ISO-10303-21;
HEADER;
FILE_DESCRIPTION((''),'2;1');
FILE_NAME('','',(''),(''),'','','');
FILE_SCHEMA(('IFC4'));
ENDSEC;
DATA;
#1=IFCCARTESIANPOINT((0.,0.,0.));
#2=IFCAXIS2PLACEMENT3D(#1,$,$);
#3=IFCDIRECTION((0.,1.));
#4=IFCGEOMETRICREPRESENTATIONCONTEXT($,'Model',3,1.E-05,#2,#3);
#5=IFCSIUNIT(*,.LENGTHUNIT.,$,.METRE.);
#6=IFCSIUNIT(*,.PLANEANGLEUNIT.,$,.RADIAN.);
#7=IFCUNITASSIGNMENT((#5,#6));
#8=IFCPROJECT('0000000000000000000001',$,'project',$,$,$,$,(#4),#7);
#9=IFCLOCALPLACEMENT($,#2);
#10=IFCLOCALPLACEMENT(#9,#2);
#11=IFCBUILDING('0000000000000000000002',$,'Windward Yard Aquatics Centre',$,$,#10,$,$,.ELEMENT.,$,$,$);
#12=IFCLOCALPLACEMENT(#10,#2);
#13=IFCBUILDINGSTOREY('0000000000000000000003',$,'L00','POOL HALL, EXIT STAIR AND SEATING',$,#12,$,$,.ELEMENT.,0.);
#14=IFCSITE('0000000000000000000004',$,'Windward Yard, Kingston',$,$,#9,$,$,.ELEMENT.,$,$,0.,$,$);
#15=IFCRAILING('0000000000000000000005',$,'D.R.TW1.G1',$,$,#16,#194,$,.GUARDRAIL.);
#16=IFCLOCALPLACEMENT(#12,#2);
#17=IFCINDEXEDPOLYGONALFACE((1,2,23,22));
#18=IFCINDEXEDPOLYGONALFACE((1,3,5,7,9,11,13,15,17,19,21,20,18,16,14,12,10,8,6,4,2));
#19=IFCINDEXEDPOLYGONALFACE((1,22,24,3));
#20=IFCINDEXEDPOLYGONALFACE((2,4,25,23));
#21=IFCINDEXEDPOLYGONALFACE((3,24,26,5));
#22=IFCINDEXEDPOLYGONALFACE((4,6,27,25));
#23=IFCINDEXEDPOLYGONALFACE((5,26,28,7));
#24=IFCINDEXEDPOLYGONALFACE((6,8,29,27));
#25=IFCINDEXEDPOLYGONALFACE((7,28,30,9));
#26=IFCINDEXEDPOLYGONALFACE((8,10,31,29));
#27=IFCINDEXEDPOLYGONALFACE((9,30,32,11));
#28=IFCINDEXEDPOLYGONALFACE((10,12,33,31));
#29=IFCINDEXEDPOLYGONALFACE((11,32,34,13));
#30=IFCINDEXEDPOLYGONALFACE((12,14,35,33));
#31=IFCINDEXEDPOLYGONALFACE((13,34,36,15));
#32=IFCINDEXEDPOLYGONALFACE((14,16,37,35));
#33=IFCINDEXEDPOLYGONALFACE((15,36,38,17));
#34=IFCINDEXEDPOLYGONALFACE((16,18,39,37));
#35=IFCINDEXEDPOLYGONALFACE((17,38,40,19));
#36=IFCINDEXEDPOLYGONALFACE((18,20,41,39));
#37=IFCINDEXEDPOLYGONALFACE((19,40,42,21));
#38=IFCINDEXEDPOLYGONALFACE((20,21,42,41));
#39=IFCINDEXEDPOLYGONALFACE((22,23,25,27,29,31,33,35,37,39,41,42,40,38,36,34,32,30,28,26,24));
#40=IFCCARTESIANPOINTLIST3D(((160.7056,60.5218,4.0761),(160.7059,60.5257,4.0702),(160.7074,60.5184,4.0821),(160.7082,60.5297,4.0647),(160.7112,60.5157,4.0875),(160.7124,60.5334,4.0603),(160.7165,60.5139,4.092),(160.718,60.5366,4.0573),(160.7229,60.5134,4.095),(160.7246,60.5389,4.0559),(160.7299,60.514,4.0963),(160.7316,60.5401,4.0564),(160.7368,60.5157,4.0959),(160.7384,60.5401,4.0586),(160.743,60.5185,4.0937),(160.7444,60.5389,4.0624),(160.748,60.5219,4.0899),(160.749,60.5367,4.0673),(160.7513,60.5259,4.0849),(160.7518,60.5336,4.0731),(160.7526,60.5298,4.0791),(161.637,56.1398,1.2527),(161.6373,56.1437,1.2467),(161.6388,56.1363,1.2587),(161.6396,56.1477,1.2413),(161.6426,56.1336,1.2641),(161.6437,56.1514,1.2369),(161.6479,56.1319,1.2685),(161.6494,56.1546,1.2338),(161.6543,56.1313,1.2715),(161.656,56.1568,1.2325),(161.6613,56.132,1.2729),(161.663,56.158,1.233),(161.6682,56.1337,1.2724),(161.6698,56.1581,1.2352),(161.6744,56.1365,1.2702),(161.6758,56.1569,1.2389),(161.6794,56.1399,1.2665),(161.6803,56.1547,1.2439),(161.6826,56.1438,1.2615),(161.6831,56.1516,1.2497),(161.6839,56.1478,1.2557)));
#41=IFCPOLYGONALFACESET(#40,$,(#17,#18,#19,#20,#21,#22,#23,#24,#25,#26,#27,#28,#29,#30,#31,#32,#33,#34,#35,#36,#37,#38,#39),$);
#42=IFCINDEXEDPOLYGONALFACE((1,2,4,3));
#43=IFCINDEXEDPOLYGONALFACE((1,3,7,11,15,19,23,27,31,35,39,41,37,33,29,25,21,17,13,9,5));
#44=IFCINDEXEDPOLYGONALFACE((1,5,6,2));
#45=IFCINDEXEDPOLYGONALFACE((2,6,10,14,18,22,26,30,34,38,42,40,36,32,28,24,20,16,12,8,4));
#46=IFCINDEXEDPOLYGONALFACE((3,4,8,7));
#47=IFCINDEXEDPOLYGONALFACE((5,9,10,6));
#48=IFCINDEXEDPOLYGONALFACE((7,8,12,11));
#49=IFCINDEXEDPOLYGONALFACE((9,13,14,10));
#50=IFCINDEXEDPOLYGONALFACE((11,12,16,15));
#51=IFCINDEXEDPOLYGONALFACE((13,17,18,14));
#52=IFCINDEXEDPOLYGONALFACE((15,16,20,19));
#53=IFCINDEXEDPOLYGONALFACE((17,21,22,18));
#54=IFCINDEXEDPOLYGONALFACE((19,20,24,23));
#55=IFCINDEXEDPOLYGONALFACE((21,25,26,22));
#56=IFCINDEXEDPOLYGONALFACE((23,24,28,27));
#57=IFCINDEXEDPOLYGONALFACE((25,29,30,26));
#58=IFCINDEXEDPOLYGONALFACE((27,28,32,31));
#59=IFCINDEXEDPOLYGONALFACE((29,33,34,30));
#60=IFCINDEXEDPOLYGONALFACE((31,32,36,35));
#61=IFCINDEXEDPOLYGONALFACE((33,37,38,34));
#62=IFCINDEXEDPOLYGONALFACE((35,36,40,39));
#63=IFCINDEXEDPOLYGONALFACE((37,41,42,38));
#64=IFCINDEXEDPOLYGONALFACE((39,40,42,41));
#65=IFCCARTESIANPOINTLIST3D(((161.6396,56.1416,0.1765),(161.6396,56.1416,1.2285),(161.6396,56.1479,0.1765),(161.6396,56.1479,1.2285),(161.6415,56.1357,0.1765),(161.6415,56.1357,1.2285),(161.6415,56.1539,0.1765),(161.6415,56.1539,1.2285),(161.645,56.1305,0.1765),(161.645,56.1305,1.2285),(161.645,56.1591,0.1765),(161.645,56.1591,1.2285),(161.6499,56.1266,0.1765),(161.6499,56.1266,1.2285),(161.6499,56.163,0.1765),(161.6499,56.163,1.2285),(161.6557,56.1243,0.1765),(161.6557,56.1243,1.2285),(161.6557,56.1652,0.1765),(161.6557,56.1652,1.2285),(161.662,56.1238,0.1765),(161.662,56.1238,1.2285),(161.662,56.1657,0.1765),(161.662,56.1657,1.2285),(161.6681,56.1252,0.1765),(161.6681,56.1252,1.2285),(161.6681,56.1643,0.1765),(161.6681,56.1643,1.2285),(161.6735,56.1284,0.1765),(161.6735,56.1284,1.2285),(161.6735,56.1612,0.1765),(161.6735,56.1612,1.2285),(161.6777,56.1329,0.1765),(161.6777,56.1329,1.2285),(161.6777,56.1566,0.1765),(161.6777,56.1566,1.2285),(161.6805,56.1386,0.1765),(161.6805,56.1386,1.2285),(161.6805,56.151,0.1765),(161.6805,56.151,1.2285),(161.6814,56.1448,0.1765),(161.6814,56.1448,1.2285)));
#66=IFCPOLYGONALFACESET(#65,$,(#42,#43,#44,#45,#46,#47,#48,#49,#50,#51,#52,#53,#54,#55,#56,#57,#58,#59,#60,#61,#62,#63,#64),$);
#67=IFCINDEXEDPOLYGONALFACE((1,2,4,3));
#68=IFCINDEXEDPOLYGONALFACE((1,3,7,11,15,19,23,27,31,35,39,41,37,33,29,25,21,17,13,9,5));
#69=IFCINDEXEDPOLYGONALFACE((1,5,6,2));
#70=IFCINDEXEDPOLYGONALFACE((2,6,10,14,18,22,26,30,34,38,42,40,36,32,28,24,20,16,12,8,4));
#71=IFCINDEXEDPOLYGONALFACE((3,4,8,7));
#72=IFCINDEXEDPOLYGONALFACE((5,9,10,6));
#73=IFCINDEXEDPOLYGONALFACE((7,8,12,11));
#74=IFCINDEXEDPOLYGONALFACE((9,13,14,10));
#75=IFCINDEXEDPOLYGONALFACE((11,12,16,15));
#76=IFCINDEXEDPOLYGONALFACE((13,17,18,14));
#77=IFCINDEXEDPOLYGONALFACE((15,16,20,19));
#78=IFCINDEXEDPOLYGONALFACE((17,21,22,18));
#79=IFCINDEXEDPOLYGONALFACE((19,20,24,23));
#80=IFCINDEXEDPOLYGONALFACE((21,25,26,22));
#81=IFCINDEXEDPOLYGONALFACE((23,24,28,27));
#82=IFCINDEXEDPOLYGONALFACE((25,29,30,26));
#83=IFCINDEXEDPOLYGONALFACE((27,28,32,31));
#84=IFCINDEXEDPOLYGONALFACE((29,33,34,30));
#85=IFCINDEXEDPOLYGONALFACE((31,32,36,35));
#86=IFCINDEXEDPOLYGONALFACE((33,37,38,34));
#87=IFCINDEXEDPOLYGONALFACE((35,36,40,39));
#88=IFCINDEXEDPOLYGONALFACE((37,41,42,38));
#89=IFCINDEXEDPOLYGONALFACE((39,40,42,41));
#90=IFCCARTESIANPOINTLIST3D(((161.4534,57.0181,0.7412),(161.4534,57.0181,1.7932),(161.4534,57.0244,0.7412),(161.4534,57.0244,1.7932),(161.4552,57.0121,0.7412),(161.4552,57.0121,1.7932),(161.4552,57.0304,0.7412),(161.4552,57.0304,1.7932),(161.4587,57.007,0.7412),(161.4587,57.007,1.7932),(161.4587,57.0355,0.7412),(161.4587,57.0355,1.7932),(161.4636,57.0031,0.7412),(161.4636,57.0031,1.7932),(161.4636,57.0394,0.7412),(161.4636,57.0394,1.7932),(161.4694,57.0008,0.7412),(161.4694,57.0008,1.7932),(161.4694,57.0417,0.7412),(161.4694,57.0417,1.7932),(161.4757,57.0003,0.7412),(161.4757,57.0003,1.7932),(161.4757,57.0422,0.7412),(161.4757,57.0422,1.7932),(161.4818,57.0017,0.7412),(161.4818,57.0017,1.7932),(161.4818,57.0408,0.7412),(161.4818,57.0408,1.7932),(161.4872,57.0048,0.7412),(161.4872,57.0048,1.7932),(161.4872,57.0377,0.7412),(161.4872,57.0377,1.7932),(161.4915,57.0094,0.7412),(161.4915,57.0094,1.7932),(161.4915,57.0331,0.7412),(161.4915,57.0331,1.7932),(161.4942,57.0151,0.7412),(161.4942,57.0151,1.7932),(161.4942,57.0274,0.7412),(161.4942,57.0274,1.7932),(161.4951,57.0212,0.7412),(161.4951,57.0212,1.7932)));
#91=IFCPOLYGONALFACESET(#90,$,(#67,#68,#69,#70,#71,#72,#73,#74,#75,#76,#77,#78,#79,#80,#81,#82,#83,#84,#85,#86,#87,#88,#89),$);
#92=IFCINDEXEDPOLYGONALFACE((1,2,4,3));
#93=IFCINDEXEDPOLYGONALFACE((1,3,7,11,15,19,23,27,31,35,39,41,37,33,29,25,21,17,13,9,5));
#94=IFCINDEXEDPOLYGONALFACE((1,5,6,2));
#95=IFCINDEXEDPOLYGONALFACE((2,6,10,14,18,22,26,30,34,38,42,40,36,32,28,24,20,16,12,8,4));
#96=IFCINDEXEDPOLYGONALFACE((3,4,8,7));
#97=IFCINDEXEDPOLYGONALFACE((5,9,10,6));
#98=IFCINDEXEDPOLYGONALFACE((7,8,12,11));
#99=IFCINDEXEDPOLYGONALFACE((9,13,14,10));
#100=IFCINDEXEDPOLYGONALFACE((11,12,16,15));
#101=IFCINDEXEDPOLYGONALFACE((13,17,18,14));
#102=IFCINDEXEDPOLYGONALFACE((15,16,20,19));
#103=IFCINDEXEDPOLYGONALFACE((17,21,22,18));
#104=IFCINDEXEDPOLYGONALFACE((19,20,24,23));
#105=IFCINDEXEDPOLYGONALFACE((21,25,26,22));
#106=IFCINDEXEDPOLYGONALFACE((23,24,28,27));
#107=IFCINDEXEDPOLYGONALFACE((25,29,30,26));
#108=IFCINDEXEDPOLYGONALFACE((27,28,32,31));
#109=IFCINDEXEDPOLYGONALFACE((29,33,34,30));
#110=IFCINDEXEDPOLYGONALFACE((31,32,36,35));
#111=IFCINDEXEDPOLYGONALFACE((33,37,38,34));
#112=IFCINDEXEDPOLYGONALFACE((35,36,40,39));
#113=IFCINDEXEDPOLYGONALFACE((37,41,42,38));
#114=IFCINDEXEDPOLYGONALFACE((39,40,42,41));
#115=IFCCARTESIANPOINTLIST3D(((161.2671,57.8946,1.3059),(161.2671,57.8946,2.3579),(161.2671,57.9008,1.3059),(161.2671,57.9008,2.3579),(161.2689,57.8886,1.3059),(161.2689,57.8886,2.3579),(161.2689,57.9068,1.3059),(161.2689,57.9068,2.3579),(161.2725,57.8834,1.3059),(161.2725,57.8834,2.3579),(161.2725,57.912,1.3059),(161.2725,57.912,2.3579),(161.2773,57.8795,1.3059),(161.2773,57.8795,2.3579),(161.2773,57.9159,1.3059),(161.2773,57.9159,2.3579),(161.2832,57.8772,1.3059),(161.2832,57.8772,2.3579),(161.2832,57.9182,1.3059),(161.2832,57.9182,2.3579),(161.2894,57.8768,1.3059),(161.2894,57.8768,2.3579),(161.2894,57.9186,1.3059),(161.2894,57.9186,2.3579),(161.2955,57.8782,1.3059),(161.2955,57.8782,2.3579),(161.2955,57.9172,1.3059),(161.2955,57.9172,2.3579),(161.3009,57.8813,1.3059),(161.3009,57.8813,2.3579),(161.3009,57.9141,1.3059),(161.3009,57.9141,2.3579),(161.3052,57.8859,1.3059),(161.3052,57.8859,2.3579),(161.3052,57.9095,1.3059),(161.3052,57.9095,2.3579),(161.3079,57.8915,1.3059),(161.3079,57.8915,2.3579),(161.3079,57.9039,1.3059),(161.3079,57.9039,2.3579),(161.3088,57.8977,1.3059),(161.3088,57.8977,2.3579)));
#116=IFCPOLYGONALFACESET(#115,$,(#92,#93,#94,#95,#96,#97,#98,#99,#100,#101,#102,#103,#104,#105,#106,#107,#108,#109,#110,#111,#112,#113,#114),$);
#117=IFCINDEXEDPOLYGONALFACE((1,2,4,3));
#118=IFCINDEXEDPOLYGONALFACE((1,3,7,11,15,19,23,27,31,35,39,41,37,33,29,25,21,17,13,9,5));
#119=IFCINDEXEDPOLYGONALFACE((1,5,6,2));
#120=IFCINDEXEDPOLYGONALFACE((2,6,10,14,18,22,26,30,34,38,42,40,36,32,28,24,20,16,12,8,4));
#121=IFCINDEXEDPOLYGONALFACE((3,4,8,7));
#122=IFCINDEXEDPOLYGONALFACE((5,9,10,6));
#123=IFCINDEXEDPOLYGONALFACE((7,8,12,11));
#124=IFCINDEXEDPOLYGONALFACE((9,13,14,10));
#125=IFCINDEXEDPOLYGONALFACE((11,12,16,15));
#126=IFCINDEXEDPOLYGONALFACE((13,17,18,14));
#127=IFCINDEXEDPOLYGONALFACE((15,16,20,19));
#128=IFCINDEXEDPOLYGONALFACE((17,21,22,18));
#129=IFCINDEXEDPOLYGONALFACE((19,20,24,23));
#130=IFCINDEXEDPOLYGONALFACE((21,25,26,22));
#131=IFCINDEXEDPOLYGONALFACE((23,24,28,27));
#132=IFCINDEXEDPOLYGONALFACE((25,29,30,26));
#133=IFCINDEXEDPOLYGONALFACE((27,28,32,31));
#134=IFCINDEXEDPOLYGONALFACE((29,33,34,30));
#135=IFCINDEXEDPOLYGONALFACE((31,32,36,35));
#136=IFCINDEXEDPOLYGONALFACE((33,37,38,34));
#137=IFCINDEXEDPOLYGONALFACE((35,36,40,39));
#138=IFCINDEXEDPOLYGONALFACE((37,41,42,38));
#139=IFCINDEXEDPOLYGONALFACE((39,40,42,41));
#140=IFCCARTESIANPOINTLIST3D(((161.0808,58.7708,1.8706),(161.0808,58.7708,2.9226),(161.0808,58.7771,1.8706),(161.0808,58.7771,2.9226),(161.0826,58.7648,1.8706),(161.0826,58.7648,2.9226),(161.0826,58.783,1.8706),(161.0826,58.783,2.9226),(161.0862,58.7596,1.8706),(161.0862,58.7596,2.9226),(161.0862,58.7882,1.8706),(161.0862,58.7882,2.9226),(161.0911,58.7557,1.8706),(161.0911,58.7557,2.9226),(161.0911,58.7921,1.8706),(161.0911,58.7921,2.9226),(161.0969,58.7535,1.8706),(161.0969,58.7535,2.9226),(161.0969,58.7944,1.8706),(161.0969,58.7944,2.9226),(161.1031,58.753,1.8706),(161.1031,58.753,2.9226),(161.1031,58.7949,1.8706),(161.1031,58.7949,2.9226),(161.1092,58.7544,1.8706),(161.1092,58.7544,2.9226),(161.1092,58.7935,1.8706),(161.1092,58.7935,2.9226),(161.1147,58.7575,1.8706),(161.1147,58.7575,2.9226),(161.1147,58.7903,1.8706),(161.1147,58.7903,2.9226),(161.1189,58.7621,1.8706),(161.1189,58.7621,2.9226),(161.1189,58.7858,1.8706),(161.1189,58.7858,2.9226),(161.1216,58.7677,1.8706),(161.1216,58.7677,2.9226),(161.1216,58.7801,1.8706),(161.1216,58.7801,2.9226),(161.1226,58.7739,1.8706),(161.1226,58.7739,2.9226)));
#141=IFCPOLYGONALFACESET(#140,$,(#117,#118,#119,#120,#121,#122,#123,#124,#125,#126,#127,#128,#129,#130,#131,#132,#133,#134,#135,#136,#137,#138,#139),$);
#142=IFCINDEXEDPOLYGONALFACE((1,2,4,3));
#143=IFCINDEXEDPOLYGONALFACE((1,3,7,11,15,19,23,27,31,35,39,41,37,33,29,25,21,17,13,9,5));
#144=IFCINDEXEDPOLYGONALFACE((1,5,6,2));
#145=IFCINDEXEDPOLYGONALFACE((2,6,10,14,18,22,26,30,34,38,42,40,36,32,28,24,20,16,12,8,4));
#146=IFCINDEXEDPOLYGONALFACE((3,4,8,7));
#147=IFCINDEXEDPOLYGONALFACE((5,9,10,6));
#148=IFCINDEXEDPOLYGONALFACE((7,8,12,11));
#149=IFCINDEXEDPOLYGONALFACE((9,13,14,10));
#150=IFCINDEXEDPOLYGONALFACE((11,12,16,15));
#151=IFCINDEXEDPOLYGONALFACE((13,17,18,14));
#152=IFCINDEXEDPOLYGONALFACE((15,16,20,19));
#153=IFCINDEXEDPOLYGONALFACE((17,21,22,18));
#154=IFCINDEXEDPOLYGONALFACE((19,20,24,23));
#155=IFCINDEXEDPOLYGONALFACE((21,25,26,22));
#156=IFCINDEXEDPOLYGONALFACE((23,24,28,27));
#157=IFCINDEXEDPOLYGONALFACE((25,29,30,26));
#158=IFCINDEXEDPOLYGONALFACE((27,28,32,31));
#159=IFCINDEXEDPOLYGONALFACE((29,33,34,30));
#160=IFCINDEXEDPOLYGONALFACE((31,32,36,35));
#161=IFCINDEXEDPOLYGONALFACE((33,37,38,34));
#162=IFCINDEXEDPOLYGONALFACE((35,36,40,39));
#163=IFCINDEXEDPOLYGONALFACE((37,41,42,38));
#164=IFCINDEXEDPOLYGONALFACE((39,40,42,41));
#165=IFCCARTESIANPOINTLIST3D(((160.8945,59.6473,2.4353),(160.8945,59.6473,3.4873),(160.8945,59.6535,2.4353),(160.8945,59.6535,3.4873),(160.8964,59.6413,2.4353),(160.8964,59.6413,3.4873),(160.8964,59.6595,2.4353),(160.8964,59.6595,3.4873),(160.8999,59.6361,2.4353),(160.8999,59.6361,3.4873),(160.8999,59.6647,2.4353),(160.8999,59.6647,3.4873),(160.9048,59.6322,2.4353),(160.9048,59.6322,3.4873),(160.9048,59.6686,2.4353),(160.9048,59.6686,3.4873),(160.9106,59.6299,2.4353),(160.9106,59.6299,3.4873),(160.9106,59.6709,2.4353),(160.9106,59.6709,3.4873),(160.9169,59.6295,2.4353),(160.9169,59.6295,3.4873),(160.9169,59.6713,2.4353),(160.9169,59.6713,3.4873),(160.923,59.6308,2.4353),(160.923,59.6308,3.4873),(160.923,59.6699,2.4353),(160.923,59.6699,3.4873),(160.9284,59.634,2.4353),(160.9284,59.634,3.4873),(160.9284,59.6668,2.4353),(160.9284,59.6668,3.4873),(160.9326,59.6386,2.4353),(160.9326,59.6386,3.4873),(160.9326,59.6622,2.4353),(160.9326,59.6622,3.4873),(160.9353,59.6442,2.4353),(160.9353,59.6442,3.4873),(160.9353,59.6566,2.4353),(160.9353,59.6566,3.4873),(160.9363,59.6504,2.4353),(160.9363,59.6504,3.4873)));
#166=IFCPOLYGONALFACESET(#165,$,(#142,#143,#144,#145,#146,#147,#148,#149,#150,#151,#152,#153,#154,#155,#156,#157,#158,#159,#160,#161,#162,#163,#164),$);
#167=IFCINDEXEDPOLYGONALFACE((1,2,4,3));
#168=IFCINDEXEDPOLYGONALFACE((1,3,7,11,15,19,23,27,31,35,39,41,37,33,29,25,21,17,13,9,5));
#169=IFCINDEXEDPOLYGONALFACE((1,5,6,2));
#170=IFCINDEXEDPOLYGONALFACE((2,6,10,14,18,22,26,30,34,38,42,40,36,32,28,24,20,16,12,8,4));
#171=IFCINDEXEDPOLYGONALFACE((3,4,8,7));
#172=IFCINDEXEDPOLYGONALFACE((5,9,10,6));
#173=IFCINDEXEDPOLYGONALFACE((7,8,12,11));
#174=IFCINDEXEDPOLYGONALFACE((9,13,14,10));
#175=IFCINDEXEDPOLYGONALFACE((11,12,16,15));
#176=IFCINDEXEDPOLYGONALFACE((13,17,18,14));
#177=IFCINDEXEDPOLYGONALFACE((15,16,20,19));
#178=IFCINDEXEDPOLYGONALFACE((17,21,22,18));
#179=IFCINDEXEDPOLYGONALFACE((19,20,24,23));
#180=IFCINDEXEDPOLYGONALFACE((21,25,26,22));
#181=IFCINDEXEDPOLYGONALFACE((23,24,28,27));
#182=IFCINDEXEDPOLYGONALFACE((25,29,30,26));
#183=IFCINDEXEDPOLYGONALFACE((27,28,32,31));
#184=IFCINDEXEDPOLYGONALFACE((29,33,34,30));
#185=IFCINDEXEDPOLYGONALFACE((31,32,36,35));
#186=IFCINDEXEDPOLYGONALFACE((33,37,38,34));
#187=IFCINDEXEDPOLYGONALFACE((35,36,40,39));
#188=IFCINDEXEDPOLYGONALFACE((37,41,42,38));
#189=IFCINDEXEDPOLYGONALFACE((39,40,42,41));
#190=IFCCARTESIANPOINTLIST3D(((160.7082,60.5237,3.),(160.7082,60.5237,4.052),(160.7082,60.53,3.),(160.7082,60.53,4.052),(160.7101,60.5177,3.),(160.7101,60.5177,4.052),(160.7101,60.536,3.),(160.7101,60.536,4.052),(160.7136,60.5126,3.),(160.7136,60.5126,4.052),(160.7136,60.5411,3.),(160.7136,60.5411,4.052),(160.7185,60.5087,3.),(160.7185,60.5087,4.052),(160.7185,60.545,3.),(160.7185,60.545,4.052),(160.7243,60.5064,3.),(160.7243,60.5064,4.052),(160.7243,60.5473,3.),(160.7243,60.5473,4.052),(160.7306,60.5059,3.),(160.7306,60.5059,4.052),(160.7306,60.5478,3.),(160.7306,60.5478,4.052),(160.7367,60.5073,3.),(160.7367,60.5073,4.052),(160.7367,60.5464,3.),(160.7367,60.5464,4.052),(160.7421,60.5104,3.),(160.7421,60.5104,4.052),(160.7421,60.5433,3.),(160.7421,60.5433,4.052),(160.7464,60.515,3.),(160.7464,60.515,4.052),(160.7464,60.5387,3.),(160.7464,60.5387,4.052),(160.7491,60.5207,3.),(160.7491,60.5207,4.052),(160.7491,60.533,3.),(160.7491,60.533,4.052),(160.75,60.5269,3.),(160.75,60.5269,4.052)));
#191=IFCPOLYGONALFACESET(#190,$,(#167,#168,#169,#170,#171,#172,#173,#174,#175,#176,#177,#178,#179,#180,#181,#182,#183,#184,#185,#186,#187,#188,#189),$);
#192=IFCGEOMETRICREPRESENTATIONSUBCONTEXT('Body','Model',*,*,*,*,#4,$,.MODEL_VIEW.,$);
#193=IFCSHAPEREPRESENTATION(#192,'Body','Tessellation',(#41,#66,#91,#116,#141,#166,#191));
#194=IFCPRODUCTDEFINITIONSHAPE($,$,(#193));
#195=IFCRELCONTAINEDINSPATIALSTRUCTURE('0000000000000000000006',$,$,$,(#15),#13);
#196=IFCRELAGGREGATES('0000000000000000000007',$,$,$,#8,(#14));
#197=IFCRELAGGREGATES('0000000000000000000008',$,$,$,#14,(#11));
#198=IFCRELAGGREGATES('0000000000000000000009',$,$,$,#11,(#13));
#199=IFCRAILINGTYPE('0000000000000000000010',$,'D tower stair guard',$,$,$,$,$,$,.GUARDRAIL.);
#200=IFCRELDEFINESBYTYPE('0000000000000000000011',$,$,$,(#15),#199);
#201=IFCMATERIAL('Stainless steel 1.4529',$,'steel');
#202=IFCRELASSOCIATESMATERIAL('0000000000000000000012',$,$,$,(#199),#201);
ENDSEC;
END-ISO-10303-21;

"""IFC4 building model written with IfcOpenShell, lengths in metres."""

from ifc_helpers import new_model, si_unit, direction, frame, origin, origin_2d, place, context, subcontext, project, spatial, circle, extrude, material, type_object, element, save


model = new_model("IFC4")

# Units and contexts
model_context = context("Model", 3, precision=1e-05, world=origin(), true_north=direction((0.0, 1.0)))
body_context = subcontext(model_context, "Body", "Model", "MODEL_VIEW")
ifc_project = project(units=[si_unit("LENGTHUNIT", "METRE"), si_unit("PLANEANGLEUNIT", "RADIAN")], contexts=[model_context])

# Site, building, storey
site_placement = place(None, origin())
site = spatial("IfcSite", under=ifc_project, at=site_placement, Name="Windward Yard, Kingston", CompositionType="ELEMENT", RefElevation=0.0)
building_placement = place(site_placement, origin())
building = spatial("IfcBuilding", under=site, at=building_placement, Name="Windward Yard Aquatics Centre", CompositionType="ELEMENT")
storey_placement = place(building_placement, origin())
storey = spatial("IfcBuildingStorey", under=building, at=storey_placement, Name="L00", Description="POOL HALL, EXIT STAIR AND SEATING", CompositionType="ELEMENT", Elevation=0.0)

# Shared definitions
ifc_material_1 = material(Name="Stainless steel 1.4529", Category="steel")

# Railing
railing_type = type_object("IfcRailingType", Name="D tower stair guard", PredefinedType="GUARDRAIL", material=ifc_material_1)
railing_placement = place(storey_placement, frame((161.6604, 56.1448, 0.1765)))
element("IfcRailing", 1, at=railing_placement, inside=storey, type_object=railing_type, Name="D.R.TW1.G1", PredefinedType="GUARDRAIL", context=body_context, shape_type="SweptSolid", body=[
    extrude(circle(Radius=0.0239, at=origin_2d()), frame((0.0, 0.0, 1.0762), z_axis=(-0.175885, 0.827512, 0.533187), x_axis=(-0.97815, -0.207902, 0.0)), (0.0, 0.0, 1.0), 5.2954),
    extrude(circle(Radius=0.021, at=origin_2d()), origin(), (0.0, 0.0, 1.0), 1.052),
    extrude(circle(Radius=0.021, at=origin_2d()), frame((-0.1863, 0.8765, 0.5647)), (0.0, 0.0, 1.0), 1.052),
    extrude(circle(Radius=0.021, at=origin_2d()), frame((-0.3726, 1.7529, 1.1294)), (0.0, 0.0, 1.0), 1.052),
    extrude(circle(Radius=0.021, at=origin_2d()), frame((-0.5588, 2.6292, 1.6941)), (0.0, 0.0, 1.0), 1.052),
    extrude(circle(Radius=0.021, at=origin_2d()), frame((-0.7451, 3.5056, 2.2588)), (0.0, 0.0, 1.0), 1.052),
    extrude(circle(Radius=0.021, at=origin_2d()), frame((-0.9314, 4.3821, 2.8235)), (0.0, 0.0, 1.0), 1.052),
])

save(model, "model.ifc")
